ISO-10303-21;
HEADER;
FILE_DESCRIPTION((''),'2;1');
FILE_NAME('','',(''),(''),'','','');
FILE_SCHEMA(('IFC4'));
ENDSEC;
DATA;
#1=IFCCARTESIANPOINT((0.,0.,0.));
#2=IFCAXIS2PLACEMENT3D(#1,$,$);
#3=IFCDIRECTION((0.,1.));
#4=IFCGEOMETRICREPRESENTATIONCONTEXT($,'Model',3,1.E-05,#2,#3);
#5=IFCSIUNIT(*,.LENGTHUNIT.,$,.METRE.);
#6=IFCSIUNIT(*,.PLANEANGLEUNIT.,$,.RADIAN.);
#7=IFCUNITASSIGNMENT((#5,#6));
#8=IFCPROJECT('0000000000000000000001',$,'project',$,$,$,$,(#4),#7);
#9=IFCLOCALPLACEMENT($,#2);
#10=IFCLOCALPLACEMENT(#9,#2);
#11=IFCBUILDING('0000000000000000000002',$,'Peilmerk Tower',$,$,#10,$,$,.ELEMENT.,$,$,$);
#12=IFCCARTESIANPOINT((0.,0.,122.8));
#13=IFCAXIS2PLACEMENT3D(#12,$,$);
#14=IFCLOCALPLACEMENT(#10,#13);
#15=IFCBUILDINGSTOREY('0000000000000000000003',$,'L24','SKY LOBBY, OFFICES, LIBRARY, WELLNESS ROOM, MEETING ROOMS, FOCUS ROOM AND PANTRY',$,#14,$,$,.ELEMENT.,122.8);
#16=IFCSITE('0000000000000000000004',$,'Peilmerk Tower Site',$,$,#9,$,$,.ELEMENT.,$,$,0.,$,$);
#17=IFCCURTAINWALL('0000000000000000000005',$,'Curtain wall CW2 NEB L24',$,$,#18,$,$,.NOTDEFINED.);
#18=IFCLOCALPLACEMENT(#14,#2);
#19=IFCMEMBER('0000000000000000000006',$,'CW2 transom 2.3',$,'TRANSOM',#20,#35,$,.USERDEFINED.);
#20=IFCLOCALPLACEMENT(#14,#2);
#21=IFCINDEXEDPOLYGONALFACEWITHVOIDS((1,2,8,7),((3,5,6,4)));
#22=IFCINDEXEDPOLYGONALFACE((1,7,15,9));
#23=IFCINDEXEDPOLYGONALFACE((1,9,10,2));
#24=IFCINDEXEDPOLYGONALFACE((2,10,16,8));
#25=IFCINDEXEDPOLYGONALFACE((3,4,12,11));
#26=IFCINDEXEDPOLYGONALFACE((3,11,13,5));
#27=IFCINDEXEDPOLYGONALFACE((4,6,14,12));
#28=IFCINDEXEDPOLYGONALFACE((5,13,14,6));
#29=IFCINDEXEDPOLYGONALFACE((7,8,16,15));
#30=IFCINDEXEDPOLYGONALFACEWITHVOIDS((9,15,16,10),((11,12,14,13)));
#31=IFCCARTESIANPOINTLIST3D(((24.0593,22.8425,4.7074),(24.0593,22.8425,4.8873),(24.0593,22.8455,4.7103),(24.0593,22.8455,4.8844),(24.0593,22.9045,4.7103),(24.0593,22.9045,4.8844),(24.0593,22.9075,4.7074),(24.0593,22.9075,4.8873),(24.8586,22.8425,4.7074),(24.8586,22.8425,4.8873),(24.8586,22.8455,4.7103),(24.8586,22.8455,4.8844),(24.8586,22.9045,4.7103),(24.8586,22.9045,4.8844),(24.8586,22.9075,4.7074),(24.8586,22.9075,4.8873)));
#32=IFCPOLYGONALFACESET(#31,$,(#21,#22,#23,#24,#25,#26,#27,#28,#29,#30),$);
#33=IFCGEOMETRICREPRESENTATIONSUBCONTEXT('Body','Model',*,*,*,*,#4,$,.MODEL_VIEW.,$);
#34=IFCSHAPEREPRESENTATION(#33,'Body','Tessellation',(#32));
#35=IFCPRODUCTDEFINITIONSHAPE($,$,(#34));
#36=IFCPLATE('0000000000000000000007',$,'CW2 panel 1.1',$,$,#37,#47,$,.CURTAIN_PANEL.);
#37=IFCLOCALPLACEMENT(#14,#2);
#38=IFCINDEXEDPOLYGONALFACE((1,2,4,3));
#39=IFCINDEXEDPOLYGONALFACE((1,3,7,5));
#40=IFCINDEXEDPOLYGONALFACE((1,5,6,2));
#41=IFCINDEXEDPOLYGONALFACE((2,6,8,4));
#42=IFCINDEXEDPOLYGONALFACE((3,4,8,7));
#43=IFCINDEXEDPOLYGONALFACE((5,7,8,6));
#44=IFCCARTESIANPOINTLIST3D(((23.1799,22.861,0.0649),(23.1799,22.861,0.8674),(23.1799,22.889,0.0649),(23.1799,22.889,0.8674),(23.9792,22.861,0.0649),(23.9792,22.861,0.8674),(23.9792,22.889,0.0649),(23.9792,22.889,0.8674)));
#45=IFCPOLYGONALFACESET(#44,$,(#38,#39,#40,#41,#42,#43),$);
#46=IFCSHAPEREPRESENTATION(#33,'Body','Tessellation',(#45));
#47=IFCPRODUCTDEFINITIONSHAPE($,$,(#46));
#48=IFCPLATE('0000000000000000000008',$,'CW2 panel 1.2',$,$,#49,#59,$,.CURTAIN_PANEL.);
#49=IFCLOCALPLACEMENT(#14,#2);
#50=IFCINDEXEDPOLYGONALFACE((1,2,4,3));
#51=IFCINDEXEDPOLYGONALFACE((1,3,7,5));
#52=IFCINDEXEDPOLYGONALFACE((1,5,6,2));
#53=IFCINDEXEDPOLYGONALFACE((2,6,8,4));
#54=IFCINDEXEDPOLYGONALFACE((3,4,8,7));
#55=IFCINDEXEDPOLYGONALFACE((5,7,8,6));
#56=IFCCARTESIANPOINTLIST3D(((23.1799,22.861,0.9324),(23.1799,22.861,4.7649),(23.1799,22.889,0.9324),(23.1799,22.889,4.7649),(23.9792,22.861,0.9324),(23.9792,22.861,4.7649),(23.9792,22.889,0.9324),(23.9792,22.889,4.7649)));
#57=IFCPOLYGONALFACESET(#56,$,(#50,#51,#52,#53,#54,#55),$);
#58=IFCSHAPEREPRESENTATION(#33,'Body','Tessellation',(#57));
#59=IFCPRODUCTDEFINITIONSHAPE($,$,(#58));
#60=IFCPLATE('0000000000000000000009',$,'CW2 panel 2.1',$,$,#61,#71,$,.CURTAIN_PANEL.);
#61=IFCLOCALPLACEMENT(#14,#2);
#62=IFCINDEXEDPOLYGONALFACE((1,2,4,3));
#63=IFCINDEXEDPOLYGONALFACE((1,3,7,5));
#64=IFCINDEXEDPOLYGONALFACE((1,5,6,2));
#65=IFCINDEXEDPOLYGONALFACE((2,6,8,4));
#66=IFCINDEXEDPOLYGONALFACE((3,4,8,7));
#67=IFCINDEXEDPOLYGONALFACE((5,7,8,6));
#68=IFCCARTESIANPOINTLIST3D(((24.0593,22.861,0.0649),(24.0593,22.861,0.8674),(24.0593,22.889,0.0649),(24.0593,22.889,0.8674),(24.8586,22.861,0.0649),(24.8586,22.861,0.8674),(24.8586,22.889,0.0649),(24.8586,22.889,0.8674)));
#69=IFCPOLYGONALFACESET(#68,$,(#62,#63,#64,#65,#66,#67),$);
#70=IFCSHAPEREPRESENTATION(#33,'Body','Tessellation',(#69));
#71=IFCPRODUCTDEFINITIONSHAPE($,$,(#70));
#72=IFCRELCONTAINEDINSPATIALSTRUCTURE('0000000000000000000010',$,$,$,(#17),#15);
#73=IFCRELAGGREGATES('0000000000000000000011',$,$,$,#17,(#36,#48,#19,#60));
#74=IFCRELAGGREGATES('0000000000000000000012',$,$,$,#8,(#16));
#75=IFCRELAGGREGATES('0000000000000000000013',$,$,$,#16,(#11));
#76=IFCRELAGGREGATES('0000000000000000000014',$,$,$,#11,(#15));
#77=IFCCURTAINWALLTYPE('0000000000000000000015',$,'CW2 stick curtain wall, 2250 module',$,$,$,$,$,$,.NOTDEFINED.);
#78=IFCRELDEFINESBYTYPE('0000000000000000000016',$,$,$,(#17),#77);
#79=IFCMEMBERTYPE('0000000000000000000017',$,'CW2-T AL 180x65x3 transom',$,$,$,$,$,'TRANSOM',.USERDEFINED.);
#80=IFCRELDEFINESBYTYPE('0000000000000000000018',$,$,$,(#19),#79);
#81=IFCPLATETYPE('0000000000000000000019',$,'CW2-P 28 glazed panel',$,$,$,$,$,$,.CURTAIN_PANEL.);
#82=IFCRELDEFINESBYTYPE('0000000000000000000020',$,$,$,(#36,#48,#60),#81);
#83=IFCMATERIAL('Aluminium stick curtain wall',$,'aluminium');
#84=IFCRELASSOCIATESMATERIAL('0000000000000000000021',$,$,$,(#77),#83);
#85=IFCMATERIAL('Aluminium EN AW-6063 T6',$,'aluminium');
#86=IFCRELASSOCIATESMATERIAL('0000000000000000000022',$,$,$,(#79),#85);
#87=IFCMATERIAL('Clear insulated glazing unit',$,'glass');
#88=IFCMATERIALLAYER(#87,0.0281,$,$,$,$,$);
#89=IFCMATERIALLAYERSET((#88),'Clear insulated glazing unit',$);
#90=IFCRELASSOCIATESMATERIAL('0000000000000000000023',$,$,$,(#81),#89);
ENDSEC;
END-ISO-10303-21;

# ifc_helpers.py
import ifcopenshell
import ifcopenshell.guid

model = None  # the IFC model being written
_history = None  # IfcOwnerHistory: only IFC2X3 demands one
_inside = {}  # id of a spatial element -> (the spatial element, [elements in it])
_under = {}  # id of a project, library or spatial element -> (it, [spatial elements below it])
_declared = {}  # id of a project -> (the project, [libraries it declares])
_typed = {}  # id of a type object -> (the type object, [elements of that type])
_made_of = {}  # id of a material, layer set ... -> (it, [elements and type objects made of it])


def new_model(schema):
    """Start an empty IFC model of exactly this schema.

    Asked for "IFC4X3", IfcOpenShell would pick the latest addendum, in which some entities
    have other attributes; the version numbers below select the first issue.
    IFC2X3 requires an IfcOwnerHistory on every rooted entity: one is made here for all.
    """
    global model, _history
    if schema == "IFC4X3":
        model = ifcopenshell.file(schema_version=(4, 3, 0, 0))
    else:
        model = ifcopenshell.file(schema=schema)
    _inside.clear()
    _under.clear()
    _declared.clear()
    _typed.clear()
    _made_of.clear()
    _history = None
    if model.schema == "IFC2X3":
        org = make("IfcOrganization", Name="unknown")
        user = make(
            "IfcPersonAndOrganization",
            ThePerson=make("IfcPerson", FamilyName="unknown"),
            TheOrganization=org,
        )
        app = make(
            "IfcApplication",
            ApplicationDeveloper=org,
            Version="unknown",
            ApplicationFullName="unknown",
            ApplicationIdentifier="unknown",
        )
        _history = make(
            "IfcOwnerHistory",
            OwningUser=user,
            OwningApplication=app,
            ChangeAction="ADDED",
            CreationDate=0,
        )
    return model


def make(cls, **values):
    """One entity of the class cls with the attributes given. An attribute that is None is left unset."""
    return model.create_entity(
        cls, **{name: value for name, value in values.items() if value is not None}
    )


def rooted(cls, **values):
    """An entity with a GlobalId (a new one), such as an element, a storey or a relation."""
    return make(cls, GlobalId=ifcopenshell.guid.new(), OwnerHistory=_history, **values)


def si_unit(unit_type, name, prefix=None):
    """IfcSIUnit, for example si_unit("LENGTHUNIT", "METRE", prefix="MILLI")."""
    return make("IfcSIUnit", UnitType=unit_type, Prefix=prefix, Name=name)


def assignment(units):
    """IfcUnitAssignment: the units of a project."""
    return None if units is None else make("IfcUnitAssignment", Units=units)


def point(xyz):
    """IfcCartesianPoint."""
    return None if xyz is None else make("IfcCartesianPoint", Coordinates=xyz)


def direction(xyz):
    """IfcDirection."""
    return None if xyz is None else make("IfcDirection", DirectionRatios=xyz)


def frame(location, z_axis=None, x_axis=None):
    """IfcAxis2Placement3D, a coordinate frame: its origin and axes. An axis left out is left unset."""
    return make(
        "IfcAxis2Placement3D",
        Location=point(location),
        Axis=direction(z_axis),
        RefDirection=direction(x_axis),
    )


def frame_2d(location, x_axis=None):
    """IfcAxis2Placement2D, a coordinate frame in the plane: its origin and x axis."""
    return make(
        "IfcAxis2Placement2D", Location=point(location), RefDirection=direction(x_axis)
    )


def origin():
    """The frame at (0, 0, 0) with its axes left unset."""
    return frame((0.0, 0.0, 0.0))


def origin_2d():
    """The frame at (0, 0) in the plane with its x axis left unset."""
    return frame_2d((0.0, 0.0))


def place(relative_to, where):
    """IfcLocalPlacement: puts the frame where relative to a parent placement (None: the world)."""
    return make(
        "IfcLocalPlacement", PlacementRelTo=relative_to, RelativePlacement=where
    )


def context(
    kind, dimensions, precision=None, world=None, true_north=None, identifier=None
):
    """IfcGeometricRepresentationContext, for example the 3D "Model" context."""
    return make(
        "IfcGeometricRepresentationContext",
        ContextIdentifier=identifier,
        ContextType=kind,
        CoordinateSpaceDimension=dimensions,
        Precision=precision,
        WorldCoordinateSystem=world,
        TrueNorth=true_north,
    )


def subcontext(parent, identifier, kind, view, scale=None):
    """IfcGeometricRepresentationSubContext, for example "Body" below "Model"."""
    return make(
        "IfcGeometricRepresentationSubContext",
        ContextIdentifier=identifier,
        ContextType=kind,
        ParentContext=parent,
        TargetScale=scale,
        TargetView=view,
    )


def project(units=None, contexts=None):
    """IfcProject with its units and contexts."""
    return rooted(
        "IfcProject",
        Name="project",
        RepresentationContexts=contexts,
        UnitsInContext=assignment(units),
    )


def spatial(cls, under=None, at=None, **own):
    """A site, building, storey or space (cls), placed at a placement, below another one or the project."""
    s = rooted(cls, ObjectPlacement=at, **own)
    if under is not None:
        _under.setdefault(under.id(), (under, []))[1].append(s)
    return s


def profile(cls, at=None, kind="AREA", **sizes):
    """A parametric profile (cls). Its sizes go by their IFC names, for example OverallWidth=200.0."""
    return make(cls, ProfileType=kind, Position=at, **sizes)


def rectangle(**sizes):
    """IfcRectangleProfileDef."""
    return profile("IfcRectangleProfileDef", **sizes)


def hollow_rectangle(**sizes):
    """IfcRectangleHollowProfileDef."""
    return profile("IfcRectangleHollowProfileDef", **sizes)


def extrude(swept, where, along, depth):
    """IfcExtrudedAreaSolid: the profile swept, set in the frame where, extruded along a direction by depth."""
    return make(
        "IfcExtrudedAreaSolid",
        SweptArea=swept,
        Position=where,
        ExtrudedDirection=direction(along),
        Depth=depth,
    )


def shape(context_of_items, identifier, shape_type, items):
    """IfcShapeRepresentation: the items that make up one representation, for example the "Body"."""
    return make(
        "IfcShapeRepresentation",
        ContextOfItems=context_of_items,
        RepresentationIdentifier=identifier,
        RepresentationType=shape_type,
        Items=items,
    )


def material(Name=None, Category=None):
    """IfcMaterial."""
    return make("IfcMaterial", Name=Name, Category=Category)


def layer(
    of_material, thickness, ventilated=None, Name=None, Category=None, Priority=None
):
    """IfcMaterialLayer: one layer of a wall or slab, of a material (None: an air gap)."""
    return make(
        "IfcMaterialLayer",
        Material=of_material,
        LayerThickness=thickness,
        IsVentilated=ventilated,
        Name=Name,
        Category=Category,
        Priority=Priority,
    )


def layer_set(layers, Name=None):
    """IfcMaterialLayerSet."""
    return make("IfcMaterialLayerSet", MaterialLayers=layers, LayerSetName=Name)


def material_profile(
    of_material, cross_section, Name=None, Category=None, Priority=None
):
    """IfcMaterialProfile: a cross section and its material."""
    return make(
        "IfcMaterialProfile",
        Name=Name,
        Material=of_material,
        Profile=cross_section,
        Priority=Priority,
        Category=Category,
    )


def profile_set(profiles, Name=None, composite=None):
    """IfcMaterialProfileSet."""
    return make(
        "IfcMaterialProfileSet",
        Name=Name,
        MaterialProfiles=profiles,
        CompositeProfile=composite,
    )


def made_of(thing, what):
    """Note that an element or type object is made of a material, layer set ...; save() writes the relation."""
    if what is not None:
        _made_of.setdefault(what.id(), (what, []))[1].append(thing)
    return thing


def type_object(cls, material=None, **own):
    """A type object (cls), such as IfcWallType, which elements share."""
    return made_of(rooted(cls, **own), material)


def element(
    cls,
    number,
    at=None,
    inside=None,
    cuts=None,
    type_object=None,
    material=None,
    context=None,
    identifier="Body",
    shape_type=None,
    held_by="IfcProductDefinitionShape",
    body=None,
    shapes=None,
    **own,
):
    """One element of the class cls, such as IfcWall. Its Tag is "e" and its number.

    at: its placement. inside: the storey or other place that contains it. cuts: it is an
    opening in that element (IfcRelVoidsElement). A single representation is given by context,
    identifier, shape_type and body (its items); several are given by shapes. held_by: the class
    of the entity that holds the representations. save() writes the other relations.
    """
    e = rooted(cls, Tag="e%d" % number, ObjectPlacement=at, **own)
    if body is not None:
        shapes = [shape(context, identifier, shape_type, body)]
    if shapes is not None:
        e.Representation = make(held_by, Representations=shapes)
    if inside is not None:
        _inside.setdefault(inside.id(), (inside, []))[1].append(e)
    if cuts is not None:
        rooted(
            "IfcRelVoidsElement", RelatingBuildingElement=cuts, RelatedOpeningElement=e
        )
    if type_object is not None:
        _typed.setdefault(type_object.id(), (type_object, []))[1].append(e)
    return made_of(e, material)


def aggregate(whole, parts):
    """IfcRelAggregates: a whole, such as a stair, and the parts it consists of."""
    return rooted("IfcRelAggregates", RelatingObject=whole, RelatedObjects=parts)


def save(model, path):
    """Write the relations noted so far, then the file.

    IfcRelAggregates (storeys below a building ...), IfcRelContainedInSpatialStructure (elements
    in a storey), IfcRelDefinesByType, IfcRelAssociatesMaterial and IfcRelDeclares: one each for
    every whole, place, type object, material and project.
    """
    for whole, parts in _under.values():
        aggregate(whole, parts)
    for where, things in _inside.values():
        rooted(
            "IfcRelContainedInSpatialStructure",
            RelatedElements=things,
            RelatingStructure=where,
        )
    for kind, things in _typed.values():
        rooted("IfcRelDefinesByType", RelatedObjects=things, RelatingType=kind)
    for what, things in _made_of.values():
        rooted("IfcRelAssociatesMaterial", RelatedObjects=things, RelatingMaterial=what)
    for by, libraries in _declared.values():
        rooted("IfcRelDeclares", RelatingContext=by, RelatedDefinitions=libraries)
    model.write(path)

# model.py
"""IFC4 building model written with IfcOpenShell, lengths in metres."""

from ifc_helpers import new_model, si_unit, direction, frame, origin, origin_2d, place, context, subcontext, project, spatial, rectangle, hollow_rectangle, extrude, material, layer, layer_set, material_profile, profile_set, type_object, element, aggregate, save


model = new_model("IFC4")

# Units and contexts
model_context = context("Model", 3, precision=1e-05, world=origin(), true_north=direction((0.0, 1.0)))
body_context = subcontext(model_context, "Body", "Model", "MODEL_VIEW")
ifc_project = project(units=[si_unit("LENGTHUNIT", "METRE"), si_unit("PLANEANGLEUNIT", "RADIAN")], contexts=[model_context])

# Site, building, storey
site_placement = place(None, origin())
site = spatial("IfcSite", under=ifc_project, at=site_placement, Name="Peilmerk Tower Site", CompositionType="ELEMENT", RefElevation=0.0)
building_placement = place(site_placement, origin())
building = spatial("IfcBuilding", under=site, at=building_placement, Name="Peilmerk Tower", CompositionType="ELEMENT")
storey_placement = place(building_placement, frame((0.0, 0.0, 122.8)))
storey = spatial("IfcBuildingStorey", under=building, at=storey_placement, Name="L24", Description="SKY LOBBY, OFFICES, LIBRARY, WELLNESS ROOM, MEETING ROOMS, FOCUS ROOM AND PANTRY", CompositionType="ELEMENT", Elevation=122.8)

# Curtain wall, member, plates
ifc_material_1 = material(Name="Aluminium stick curtain wall", Category="aluminium")
curtain_wall_type = type_object("IfcCurtainWallType", Name="CW2 stick curtain wall, 2250 module", PredefinedType="NOTDEFINED", material=ifc_material_1)
curtain_wall_placement = place(storey_placement, origin())
curtain_wall = element("IfcCurtainWall", 1, at=curtain_wall_placement, inside=storey, type_object=curtain_wall_type, Name="Curtain wall CW2 NEB L24", PredefinedType="NOTDEFINED")
ifc_material_2 = material(Name="Aluminium EN AW-6063 T6", Category="aluminium")
ifc_material_profile_1 = material_profile(ifc_material_2, hollow_rectangle(XDim=0.0649, YDim=0.1799, WallThickness=0.0029, at=origin_2d()), Name="AL 180x65x3")
ifc_profile_set_1 = profile_set([ifc_material_profile_1], Name="Aluminium EN AW-6063 T6")
member_type_1 = type_object("IfcMemberType", Name="CW2-T AL 180x65x3 transom", ElementType="TRANSOM", PredefinedType="USERDEFINED", material=ifc_profile_set_1)
member_1_placement = place(storey_placement, frame((24.0593, 22.875, 4.7974), z_axis=(1.0, 0.0, 0.0), x_axis=(0.0, 1.0, 0.0)))
member_1 = element("IfcMember", 2, at=member_1_placement, type_object=member_type_1, Name="CW2 transom 2.3", ObjectType="TRANSOM", PredefinedType="USERDEFINED", context=body_context, shape_type="SweptSolid", body=[
    extrude(hollow_rectangle(XDim=0.0649, YDim=0.1799, WallThickness=0.0029, at=origin_2d()), origin(), (0.0, 0.0, 1.0), 0.7993),
])
ifc_material_3 = material(Name="Clear insulated glazing unit", Category="glass")
ifc_layer = layer(ifc_material_3, 0.0281)
ifc_layer_set = layer_set([ifc_layer], Name="Clear insulated glazing unit")
plate_type = type_object("IfcPlateType", Name="CW2-P 28 glazed panel", PredefinedType="CURTAIN_PANEL", material=ifc_layer_set)
plate_1_placement = place(storey_placement, frame((23.5796, 22.875, 0.0649), z_axis=(0.0, 0.0, 1.0), x_axis=(1.0, 0.0, 0.0)))
plate_1 = element("IfcPlate", 3, at=plate_1_placement, type_object=plate_type, Name="CW2 panel 1.1", PredefinedType="CURTAIN_PANEL", context=body_context, shape_type="SweptSolid", body=[
    extrude(rectangle(XDim=0.7993, YDim=0.0281, at=origin_2d()), origin(), (0.0, 0.0, 1.0), 0.8025),
])
plate_2_placement = place(storey_placement, frame((23.5796, 22.875, 0.9324), z_axis=(0.0, 0.0, 1.0), x_axis=(1.0, 0.0, 0.0)))
plate_2 = element("IfcPlate", 4, at=plate_2_placement, type_object=plate_type, Name="CW2 panel 1.2", PredefinedType="CURTAIN_PANEL", context=body_context, shape_type="SweptSolid", body=[
    extrude(rectangle(XDim=0.7993, YDim=0.0281, at=origin_2d()), origin(), (0.0, 0.0, 1.0), 3.8325),
])
plate_3_placement = place(storey_placement, frame((24.459, 22.875, 0.0649), z_axis=(0.0, 0.0, 1.0), x_axis=(1.0, 0.0, 0.0)))
plate_3 = element("IfcPlate", 5, at=plate_3_placement, type_object=plate_type, Name="CW2 panel 2.1", PredefinedType="CURTAIN_PANEL", context=body_context, shape_type="SweptSolid", body=[
    extrude(rectangle(XDim=0.7993, YDim=0.0281, at=origin_2d()), origin(), (0.0, 0.0, 1.0), 0.8025),
])
aggregate(curtain_wall, [plate_1, plate_2, member_1, plate_3])

save(model, "model.ifc")
